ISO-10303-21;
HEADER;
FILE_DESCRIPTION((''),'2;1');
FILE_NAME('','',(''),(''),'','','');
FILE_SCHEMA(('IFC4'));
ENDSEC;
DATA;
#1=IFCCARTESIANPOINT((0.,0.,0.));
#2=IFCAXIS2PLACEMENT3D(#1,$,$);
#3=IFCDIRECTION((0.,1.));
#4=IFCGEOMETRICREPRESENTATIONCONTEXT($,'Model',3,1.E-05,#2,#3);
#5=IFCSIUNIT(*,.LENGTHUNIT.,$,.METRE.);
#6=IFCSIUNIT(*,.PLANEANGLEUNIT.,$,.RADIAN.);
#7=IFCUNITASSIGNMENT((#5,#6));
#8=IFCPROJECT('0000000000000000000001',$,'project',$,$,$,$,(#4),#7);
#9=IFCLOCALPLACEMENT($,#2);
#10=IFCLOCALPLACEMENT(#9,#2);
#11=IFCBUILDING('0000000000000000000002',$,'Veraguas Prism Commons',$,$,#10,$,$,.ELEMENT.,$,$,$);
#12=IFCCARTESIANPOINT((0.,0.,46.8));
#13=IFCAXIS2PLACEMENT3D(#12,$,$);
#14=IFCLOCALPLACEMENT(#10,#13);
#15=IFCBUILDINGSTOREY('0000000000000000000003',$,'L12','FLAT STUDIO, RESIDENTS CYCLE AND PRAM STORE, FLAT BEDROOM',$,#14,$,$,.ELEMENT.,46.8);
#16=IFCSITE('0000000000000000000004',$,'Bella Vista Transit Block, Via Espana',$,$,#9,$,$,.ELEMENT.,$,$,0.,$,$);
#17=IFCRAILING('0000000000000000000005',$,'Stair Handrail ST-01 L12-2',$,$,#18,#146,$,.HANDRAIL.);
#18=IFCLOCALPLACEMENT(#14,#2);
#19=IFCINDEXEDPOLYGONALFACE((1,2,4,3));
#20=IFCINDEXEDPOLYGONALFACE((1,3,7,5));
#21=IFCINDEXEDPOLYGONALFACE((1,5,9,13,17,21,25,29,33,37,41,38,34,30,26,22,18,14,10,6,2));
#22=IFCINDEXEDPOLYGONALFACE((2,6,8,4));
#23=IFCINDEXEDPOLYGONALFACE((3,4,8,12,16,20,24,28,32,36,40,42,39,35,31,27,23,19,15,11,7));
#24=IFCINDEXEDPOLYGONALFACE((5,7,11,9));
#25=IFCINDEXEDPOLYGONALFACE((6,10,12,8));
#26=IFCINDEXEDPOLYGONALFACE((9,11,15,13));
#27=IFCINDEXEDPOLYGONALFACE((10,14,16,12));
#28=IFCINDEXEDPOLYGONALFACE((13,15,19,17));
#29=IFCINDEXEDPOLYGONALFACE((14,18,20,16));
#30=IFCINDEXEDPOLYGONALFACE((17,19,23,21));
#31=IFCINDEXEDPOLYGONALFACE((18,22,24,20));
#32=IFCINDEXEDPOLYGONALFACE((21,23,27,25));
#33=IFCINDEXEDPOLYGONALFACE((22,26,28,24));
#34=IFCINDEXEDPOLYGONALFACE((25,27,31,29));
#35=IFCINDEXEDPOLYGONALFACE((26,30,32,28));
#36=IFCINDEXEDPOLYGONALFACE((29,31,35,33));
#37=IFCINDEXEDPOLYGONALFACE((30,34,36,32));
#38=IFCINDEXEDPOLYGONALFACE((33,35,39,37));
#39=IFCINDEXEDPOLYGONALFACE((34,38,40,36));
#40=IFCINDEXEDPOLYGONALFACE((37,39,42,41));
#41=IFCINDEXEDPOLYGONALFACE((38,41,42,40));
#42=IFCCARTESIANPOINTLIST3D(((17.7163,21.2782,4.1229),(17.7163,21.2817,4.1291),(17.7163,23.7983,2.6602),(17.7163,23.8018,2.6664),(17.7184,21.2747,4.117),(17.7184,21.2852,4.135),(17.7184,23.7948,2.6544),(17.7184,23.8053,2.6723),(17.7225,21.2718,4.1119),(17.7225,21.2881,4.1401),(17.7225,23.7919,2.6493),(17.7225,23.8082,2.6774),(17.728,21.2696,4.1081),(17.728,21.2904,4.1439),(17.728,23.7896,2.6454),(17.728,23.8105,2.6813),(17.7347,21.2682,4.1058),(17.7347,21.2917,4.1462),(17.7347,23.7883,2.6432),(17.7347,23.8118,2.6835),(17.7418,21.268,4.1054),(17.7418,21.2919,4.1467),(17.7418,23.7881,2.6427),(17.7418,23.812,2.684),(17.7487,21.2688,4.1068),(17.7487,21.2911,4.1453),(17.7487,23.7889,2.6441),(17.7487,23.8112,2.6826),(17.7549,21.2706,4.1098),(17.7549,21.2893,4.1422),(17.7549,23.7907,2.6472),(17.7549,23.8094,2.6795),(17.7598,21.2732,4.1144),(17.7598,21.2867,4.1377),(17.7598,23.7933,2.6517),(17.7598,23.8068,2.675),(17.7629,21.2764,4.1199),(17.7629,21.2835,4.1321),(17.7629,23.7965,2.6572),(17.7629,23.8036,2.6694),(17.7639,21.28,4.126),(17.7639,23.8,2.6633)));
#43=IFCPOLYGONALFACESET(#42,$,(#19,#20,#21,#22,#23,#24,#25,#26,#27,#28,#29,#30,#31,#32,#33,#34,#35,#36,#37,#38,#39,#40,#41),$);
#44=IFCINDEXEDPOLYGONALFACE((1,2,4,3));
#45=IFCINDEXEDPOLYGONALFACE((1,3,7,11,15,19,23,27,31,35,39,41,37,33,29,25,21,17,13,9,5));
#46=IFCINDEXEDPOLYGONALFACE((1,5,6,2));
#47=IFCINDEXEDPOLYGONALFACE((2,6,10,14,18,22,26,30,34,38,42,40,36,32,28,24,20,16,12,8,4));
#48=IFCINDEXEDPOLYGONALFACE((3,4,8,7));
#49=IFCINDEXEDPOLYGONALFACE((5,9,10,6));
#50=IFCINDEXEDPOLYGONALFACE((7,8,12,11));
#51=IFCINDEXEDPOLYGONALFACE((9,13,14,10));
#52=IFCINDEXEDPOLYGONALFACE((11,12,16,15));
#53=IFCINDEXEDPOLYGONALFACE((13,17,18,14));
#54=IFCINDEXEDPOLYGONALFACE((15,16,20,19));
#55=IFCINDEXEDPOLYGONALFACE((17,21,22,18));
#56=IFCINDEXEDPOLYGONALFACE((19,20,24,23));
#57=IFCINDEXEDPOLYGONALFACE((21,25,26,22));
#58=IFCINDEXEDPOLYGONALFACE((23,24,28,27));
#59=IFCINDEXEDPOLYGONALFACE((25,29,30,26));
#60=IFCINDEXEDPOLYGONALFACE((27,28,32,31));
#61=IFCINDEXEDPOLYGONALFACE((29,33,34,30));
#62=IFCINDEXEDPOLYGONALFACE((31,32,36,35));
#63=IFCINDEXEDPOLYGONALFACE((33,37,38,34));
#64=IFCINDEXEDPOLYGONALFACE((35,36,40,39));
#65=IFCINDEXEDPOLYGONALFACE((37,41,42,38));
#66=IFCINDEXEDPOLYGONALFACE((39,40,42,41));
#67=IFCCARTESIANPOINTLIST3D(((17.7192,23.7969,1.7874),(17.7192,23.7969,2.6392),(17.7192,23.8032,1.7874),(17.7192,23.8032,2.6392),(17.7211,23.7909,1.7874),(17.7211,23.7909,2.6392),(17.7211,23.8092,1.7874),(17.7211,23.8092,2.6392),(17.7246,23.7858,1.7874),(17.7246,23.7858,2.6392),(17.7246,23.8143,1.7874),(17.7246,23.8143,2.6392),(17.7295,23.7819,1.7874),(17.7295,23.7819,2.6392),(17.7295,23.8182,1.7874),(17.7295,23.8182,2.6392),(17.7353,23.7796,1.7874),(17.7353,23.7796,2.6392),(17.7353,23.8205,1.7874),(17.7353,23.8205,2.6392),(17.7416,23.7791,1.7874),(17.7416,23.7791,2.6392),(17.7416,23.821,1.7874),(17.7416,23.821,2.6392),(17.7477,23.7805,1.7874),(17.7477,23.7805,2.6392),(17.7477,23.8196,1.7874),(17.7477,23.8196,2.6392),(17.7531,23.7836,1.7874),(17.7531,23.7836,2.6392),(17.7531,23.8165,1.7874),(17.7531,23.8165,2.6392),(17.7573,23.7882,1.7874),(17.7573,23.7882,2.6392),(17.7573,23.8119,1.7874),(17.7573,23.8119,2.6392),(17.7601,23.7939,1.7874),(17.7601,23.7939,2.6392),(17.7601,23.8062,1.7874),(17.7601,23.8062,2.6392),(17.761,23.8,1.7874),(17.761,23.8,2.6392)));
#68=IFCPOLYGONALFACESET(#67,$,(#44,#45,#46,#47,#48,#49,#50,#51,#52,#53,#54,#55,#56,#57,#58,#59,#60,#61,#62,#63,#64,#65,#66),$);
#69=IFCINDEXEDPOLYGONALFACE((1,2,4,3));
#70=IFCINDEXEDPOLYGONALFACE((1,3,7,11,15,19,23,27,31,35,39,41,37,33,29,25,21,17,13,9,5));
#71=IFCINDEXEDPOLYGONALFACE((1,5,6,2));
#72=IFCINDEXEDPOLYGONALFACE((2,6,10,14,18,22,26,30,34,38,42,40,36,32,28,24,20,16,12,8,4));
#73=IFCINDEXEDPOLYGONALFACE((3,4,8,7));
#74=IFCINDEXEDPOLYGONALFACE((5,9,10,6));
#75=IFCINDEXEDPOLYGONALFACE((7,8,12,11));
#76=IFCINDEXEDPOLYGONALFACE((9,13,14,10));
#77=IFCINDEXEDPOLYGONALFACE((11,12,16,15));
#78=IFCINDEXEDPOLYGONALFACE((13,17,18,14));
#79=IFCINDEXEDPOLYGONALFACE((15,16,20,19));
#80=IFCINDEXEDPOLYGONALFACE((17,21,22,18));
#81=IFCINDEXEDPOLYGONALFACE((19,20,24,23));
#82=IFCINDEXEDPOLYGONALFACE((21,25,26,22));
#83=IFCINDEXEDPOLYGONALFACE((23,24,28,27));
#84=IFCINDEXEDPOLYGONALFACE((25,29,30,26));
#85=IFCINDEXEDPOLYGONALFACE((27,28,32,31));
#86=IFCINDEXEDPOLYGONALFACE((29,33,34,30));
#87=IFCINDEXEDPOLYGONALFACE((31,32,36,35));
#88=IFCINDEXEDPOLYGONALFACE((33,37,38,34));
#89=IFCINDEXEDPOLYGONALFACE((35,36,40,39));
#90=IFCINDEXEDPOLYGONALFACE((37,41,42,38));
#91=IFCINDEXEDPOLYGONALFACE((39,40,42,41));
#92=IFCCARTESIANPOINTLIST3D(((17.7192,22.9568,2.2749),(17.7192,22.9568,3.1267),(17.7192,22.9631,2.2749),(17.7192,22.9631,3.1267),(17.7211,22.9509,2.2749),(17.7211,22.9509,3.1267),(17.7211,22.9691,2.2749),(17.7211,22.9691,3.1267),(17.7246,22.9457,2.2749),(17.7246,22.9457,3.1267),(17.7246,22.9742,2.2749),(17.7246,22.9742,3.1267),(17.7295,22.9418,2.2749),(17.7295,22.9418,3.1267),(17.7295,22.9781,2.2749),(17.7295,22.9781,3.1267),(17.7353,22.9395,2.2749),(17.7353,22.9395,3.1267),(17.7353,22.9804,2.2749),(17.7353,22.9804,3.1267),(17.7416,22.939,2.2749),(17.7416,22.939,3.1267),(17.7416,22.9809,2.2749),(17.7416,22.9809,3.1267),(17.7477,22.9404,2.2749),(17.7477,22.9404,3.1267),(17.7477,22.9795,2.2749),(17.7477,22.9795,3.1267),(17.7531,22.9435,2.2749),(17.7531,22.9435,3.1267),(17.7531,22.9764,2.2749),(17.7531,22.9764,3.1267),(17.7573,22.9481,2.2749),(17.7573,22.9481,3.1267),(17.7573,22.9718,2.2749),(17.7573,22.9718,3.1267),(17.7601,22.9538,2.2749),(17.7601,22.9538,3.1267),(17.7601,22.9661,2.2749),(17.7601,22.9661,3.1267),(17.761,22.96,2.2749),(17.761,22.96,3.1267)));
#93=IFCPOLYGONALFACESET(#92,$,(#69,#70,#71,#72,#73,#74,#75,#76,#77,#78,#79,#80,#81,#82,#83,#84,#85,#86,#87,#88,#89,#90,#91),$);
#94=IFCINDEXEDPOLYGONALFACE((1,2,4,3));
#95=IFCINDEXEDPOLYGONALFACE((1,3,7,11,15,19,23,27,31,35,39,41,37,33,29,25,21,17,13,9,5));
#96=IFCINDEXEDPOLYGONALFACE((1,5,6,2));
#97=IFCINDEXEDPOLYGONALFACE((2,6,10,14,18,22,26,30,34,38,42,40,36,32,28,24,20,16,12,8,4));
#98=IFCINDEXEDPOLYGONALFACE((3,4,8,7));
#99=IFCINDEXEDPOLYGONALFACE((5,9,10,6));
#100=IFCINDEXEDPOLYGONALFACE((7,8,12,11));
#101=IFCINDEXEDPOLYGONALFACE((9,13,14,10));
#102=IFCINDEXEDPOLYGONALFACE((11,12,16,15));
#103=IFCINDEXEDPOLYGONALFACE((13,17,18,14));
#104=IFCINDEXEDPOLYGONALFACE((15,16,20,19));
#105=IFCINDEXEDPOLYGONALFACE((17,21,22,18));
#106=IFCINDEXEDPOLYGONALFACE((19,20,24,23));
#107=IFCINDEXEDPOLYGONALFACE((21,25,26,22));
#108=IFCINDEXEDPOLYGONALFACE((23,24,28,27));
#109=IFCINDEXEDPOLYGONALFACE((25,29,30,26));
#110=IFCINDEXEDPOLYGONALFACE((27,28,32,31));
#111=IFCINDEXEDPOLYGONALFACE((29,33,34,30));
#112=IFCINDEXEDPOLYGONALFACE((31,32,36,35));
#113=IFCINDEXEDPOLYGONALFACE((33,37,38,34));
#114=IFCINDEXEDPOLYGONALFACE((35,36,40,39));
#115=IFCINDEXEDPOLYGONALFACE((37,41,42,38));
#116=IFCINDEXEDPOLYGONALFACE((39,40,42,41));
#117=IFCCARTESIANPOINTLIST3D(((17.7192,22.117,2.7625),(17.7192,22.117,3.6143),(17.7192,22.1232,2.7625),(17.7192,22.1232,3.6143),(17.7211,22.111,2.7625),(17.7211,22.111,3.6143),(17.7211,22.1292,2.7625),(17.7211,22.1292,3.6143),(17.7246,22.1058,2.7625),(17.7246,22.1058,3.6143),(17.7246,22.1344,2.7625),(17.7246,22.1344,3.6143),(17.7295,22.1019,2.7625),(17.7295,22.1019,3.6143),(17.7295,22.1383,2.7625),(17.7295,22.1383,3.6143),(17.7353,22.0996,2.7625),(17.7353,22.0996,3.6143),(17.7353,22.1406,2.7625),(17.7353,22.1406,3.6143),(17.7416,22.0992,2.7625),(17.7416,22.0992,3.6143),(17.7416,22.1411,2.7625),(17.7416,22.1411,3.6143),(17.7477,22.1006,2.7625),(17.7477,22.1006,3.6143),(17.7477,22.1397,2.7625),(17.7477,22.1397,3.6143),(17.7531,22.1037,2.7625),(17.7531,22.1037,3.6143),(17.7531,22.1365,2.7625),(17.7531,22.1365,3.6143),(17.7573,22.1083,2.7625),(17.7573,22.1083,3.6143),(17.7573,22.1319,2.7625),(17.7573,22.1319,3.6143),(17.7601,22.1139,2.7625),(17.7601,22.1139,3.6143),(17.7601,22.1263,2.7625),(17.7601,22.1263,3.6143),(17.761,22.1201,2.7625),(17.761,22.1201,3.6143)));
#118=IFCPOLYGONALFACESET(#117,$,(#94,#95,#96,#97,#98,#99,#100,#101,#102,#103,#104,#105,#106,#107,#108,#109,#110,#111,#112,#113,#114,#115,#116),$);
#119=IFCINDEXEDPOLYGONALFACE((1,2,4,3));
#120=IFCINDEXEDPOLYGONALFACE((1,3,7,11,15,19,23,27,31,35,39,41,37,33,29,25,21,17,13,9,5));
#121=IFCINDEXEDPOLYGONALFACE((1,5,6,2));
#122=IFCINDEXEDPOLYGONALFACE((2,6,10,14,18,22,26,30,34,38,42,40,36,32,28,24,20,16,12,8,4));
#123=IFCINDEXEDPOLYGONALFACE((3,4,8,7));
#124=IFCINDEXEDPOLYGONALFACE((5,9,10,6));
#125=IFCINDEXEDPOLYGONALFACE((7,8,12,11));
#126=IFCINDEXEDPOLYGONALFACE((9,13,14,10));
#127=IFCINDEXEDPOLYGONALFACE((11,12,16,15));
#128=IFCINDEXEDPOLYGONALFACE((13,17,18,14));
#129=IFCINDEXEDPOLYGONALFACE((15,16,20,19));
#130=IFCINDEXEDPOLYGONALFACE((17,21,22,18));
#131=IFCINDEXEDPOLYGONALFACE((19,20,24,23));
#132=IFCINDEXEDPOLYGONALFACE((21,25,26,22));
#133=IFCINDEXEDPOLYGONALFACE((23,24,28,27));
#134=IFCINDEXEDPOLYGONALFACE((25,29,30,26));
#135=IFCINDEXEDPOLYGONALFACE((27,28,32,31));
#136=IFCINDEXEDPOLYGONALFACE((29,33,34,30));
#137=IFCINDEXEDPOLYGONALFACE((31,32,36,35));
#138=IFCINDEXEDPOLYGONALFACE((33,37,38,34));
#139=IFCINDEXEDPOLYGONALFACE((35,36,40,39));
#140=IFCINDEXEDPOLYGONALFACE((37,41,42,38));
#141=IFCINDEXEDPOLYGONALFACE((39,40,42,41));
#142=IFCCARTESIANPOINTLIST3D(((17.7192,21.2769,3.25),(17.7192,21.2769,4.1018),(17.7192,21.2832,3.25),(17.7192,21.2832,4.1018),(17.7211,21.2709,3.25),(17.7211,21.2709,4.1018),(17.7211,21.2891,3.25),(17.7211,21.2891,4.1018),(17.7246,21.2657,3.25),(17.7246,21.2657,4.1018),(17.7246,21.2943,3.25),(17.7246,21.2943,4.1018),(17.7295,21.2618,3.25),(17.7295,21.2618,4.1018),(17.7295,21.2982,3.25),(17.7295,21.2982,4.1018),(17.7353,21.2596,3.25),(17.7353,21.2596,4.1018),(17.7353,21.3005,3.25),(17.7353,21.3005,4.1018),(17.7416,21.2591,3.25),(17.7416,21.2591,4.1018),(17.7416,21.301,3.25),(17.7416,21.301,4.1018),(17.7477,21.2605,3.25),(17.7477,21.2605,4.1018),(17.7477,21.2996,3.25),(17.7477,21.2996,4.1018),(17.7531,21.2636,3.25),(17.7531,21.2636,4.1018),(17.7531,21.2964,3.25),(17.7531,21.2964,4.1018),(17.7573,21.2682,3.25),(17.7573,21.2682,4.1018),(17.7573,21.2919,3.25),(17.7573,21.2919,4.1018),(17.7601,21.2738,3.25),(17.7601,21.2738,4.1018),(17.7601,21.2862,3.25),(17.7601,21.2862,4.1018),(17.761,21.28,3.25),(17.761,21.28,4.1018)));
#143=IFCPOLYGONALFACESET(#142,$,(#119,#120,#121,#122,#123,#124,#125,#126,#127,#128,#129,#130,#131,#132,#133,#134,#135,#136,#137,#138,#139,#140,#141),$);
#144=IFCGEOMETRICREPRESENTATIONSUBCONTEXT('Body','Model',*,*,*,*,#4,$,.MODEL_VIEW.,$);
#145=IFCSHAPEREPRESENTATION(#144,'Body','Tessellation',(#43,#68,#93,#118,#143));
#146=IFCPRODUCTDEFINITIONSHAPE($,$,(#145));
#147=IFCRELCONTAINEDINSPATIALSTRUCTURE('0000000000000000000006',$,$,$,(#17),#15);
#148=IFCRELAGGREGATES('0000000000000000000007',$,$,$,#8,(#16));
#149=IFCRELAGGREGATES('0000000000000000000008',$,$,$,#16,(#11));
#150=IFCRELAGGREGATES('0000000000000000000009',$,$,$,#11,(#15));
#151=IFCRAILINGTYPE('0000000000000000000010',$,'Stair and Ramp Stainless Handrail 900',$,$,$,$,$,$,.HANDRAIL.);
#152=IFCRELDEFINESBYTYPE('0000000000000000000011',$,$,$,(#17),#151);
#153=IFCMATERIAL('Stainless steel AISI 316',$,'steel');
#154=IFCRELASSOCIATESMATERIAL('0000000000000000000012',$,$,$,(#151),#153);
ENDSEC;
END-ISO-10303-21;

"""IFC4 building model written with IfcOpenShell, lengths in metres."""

from ifc_helpers import new_model, si_unit, direction, frame, origin, origin_2d, place, context, subcontext, project, spatial, circle, extrude, material, type_object, element, save


model = new_model("IFC4")

# Units and contexts
model_context = context("Model", 3, precision=1e-05, world=origin(), true_north=direction((0.0, 1.0)))
body_context = subcontext(model_context, "Body", "Model", "MODEL_VIEW")
ifc_project = project(units=[si_unit("LENGTHUNIT", "METRE"), si_unit("PLANEANGLEUNIT", "RADIAN")], contexts=[model_context])

# Site, building, storey
site_placement = place(None, origin())
site = spatial("IfcSite", under=ifc_project, at=site_placement, Name="Bella Vista Transit Block, Via Espana", CompositionType="ELEMENT", RefElevation=0.0)
building_placement = place(site_placement, origin())
building = spatial("IfcBuilding", under=site, at=building_placement, Name="Veraguas Prism Commons", CompositionType="ELEMENT")
storey_placement = place(building_placement, frame((0.0, 0.0, 46.8)))
storey = spatial("IfcBuildingStorey", under=building, at=storey_placement, Name="L12", Description="FLAT STUDIO, RESIDENTS CYCLE AND PRAM STORE, FLAT BEDROOM", CompositionType="ELEMENT", Elevation=46.8)

# Railing
ifc_material_1 = material(Name="Stainless steel AISI 316", Category="steel")
railing_type_1 = type_object("IfcRailingType", Name="Stair and Ramp Stainless Handrail 900", PredefinedType="HANDRAIL", material=ifc_material_1)
railing_1_placement = place(storey_placement, frame((17.74, 23.8, 1.7874)))
element("IfcRailing", 1, at=railing_1_placement, inside=storey, type_object=railing_type_1, Name="Stair Handrail ST-01 L12-2", PredefinedType="HANDRAIL", context=body_context, shape_type="SweptSolid", body=[
    extrude(circle(Radius=0.0239, at=origin_2d()), frame((0.0, 0.0, 0.876), z_axis=(0.0, -0.864877, 0.501984), x_axis=(1.0, 0.0, 0.0)), (0.0, 0.0, 1.0), 2.9138),
    extrude(circle(Radius=0.021, at=origin_2d()), origin(), (0.0, 0.0, 1.0), 0.8518),
    extrude(circle(Radius=0.021, at=origin_2d()), frame((0.0, -0.8401, 0.4875)), (0.0, 0.0, 1.0), 0.8518),
    extrude(circle(Radius=0.021, at=origin_2d()), frame((0.0, -1.6799, 0.9751)), (0.0, 0.0, 1.0), 0.8518),
    extrude(circle(Radius=0.021, at=origin_2d()), frame((0.0, -2.52, 1.4626)), (0.0, 0.0, 1.0), 0.8518),
])

save(model, "model.ifc")
